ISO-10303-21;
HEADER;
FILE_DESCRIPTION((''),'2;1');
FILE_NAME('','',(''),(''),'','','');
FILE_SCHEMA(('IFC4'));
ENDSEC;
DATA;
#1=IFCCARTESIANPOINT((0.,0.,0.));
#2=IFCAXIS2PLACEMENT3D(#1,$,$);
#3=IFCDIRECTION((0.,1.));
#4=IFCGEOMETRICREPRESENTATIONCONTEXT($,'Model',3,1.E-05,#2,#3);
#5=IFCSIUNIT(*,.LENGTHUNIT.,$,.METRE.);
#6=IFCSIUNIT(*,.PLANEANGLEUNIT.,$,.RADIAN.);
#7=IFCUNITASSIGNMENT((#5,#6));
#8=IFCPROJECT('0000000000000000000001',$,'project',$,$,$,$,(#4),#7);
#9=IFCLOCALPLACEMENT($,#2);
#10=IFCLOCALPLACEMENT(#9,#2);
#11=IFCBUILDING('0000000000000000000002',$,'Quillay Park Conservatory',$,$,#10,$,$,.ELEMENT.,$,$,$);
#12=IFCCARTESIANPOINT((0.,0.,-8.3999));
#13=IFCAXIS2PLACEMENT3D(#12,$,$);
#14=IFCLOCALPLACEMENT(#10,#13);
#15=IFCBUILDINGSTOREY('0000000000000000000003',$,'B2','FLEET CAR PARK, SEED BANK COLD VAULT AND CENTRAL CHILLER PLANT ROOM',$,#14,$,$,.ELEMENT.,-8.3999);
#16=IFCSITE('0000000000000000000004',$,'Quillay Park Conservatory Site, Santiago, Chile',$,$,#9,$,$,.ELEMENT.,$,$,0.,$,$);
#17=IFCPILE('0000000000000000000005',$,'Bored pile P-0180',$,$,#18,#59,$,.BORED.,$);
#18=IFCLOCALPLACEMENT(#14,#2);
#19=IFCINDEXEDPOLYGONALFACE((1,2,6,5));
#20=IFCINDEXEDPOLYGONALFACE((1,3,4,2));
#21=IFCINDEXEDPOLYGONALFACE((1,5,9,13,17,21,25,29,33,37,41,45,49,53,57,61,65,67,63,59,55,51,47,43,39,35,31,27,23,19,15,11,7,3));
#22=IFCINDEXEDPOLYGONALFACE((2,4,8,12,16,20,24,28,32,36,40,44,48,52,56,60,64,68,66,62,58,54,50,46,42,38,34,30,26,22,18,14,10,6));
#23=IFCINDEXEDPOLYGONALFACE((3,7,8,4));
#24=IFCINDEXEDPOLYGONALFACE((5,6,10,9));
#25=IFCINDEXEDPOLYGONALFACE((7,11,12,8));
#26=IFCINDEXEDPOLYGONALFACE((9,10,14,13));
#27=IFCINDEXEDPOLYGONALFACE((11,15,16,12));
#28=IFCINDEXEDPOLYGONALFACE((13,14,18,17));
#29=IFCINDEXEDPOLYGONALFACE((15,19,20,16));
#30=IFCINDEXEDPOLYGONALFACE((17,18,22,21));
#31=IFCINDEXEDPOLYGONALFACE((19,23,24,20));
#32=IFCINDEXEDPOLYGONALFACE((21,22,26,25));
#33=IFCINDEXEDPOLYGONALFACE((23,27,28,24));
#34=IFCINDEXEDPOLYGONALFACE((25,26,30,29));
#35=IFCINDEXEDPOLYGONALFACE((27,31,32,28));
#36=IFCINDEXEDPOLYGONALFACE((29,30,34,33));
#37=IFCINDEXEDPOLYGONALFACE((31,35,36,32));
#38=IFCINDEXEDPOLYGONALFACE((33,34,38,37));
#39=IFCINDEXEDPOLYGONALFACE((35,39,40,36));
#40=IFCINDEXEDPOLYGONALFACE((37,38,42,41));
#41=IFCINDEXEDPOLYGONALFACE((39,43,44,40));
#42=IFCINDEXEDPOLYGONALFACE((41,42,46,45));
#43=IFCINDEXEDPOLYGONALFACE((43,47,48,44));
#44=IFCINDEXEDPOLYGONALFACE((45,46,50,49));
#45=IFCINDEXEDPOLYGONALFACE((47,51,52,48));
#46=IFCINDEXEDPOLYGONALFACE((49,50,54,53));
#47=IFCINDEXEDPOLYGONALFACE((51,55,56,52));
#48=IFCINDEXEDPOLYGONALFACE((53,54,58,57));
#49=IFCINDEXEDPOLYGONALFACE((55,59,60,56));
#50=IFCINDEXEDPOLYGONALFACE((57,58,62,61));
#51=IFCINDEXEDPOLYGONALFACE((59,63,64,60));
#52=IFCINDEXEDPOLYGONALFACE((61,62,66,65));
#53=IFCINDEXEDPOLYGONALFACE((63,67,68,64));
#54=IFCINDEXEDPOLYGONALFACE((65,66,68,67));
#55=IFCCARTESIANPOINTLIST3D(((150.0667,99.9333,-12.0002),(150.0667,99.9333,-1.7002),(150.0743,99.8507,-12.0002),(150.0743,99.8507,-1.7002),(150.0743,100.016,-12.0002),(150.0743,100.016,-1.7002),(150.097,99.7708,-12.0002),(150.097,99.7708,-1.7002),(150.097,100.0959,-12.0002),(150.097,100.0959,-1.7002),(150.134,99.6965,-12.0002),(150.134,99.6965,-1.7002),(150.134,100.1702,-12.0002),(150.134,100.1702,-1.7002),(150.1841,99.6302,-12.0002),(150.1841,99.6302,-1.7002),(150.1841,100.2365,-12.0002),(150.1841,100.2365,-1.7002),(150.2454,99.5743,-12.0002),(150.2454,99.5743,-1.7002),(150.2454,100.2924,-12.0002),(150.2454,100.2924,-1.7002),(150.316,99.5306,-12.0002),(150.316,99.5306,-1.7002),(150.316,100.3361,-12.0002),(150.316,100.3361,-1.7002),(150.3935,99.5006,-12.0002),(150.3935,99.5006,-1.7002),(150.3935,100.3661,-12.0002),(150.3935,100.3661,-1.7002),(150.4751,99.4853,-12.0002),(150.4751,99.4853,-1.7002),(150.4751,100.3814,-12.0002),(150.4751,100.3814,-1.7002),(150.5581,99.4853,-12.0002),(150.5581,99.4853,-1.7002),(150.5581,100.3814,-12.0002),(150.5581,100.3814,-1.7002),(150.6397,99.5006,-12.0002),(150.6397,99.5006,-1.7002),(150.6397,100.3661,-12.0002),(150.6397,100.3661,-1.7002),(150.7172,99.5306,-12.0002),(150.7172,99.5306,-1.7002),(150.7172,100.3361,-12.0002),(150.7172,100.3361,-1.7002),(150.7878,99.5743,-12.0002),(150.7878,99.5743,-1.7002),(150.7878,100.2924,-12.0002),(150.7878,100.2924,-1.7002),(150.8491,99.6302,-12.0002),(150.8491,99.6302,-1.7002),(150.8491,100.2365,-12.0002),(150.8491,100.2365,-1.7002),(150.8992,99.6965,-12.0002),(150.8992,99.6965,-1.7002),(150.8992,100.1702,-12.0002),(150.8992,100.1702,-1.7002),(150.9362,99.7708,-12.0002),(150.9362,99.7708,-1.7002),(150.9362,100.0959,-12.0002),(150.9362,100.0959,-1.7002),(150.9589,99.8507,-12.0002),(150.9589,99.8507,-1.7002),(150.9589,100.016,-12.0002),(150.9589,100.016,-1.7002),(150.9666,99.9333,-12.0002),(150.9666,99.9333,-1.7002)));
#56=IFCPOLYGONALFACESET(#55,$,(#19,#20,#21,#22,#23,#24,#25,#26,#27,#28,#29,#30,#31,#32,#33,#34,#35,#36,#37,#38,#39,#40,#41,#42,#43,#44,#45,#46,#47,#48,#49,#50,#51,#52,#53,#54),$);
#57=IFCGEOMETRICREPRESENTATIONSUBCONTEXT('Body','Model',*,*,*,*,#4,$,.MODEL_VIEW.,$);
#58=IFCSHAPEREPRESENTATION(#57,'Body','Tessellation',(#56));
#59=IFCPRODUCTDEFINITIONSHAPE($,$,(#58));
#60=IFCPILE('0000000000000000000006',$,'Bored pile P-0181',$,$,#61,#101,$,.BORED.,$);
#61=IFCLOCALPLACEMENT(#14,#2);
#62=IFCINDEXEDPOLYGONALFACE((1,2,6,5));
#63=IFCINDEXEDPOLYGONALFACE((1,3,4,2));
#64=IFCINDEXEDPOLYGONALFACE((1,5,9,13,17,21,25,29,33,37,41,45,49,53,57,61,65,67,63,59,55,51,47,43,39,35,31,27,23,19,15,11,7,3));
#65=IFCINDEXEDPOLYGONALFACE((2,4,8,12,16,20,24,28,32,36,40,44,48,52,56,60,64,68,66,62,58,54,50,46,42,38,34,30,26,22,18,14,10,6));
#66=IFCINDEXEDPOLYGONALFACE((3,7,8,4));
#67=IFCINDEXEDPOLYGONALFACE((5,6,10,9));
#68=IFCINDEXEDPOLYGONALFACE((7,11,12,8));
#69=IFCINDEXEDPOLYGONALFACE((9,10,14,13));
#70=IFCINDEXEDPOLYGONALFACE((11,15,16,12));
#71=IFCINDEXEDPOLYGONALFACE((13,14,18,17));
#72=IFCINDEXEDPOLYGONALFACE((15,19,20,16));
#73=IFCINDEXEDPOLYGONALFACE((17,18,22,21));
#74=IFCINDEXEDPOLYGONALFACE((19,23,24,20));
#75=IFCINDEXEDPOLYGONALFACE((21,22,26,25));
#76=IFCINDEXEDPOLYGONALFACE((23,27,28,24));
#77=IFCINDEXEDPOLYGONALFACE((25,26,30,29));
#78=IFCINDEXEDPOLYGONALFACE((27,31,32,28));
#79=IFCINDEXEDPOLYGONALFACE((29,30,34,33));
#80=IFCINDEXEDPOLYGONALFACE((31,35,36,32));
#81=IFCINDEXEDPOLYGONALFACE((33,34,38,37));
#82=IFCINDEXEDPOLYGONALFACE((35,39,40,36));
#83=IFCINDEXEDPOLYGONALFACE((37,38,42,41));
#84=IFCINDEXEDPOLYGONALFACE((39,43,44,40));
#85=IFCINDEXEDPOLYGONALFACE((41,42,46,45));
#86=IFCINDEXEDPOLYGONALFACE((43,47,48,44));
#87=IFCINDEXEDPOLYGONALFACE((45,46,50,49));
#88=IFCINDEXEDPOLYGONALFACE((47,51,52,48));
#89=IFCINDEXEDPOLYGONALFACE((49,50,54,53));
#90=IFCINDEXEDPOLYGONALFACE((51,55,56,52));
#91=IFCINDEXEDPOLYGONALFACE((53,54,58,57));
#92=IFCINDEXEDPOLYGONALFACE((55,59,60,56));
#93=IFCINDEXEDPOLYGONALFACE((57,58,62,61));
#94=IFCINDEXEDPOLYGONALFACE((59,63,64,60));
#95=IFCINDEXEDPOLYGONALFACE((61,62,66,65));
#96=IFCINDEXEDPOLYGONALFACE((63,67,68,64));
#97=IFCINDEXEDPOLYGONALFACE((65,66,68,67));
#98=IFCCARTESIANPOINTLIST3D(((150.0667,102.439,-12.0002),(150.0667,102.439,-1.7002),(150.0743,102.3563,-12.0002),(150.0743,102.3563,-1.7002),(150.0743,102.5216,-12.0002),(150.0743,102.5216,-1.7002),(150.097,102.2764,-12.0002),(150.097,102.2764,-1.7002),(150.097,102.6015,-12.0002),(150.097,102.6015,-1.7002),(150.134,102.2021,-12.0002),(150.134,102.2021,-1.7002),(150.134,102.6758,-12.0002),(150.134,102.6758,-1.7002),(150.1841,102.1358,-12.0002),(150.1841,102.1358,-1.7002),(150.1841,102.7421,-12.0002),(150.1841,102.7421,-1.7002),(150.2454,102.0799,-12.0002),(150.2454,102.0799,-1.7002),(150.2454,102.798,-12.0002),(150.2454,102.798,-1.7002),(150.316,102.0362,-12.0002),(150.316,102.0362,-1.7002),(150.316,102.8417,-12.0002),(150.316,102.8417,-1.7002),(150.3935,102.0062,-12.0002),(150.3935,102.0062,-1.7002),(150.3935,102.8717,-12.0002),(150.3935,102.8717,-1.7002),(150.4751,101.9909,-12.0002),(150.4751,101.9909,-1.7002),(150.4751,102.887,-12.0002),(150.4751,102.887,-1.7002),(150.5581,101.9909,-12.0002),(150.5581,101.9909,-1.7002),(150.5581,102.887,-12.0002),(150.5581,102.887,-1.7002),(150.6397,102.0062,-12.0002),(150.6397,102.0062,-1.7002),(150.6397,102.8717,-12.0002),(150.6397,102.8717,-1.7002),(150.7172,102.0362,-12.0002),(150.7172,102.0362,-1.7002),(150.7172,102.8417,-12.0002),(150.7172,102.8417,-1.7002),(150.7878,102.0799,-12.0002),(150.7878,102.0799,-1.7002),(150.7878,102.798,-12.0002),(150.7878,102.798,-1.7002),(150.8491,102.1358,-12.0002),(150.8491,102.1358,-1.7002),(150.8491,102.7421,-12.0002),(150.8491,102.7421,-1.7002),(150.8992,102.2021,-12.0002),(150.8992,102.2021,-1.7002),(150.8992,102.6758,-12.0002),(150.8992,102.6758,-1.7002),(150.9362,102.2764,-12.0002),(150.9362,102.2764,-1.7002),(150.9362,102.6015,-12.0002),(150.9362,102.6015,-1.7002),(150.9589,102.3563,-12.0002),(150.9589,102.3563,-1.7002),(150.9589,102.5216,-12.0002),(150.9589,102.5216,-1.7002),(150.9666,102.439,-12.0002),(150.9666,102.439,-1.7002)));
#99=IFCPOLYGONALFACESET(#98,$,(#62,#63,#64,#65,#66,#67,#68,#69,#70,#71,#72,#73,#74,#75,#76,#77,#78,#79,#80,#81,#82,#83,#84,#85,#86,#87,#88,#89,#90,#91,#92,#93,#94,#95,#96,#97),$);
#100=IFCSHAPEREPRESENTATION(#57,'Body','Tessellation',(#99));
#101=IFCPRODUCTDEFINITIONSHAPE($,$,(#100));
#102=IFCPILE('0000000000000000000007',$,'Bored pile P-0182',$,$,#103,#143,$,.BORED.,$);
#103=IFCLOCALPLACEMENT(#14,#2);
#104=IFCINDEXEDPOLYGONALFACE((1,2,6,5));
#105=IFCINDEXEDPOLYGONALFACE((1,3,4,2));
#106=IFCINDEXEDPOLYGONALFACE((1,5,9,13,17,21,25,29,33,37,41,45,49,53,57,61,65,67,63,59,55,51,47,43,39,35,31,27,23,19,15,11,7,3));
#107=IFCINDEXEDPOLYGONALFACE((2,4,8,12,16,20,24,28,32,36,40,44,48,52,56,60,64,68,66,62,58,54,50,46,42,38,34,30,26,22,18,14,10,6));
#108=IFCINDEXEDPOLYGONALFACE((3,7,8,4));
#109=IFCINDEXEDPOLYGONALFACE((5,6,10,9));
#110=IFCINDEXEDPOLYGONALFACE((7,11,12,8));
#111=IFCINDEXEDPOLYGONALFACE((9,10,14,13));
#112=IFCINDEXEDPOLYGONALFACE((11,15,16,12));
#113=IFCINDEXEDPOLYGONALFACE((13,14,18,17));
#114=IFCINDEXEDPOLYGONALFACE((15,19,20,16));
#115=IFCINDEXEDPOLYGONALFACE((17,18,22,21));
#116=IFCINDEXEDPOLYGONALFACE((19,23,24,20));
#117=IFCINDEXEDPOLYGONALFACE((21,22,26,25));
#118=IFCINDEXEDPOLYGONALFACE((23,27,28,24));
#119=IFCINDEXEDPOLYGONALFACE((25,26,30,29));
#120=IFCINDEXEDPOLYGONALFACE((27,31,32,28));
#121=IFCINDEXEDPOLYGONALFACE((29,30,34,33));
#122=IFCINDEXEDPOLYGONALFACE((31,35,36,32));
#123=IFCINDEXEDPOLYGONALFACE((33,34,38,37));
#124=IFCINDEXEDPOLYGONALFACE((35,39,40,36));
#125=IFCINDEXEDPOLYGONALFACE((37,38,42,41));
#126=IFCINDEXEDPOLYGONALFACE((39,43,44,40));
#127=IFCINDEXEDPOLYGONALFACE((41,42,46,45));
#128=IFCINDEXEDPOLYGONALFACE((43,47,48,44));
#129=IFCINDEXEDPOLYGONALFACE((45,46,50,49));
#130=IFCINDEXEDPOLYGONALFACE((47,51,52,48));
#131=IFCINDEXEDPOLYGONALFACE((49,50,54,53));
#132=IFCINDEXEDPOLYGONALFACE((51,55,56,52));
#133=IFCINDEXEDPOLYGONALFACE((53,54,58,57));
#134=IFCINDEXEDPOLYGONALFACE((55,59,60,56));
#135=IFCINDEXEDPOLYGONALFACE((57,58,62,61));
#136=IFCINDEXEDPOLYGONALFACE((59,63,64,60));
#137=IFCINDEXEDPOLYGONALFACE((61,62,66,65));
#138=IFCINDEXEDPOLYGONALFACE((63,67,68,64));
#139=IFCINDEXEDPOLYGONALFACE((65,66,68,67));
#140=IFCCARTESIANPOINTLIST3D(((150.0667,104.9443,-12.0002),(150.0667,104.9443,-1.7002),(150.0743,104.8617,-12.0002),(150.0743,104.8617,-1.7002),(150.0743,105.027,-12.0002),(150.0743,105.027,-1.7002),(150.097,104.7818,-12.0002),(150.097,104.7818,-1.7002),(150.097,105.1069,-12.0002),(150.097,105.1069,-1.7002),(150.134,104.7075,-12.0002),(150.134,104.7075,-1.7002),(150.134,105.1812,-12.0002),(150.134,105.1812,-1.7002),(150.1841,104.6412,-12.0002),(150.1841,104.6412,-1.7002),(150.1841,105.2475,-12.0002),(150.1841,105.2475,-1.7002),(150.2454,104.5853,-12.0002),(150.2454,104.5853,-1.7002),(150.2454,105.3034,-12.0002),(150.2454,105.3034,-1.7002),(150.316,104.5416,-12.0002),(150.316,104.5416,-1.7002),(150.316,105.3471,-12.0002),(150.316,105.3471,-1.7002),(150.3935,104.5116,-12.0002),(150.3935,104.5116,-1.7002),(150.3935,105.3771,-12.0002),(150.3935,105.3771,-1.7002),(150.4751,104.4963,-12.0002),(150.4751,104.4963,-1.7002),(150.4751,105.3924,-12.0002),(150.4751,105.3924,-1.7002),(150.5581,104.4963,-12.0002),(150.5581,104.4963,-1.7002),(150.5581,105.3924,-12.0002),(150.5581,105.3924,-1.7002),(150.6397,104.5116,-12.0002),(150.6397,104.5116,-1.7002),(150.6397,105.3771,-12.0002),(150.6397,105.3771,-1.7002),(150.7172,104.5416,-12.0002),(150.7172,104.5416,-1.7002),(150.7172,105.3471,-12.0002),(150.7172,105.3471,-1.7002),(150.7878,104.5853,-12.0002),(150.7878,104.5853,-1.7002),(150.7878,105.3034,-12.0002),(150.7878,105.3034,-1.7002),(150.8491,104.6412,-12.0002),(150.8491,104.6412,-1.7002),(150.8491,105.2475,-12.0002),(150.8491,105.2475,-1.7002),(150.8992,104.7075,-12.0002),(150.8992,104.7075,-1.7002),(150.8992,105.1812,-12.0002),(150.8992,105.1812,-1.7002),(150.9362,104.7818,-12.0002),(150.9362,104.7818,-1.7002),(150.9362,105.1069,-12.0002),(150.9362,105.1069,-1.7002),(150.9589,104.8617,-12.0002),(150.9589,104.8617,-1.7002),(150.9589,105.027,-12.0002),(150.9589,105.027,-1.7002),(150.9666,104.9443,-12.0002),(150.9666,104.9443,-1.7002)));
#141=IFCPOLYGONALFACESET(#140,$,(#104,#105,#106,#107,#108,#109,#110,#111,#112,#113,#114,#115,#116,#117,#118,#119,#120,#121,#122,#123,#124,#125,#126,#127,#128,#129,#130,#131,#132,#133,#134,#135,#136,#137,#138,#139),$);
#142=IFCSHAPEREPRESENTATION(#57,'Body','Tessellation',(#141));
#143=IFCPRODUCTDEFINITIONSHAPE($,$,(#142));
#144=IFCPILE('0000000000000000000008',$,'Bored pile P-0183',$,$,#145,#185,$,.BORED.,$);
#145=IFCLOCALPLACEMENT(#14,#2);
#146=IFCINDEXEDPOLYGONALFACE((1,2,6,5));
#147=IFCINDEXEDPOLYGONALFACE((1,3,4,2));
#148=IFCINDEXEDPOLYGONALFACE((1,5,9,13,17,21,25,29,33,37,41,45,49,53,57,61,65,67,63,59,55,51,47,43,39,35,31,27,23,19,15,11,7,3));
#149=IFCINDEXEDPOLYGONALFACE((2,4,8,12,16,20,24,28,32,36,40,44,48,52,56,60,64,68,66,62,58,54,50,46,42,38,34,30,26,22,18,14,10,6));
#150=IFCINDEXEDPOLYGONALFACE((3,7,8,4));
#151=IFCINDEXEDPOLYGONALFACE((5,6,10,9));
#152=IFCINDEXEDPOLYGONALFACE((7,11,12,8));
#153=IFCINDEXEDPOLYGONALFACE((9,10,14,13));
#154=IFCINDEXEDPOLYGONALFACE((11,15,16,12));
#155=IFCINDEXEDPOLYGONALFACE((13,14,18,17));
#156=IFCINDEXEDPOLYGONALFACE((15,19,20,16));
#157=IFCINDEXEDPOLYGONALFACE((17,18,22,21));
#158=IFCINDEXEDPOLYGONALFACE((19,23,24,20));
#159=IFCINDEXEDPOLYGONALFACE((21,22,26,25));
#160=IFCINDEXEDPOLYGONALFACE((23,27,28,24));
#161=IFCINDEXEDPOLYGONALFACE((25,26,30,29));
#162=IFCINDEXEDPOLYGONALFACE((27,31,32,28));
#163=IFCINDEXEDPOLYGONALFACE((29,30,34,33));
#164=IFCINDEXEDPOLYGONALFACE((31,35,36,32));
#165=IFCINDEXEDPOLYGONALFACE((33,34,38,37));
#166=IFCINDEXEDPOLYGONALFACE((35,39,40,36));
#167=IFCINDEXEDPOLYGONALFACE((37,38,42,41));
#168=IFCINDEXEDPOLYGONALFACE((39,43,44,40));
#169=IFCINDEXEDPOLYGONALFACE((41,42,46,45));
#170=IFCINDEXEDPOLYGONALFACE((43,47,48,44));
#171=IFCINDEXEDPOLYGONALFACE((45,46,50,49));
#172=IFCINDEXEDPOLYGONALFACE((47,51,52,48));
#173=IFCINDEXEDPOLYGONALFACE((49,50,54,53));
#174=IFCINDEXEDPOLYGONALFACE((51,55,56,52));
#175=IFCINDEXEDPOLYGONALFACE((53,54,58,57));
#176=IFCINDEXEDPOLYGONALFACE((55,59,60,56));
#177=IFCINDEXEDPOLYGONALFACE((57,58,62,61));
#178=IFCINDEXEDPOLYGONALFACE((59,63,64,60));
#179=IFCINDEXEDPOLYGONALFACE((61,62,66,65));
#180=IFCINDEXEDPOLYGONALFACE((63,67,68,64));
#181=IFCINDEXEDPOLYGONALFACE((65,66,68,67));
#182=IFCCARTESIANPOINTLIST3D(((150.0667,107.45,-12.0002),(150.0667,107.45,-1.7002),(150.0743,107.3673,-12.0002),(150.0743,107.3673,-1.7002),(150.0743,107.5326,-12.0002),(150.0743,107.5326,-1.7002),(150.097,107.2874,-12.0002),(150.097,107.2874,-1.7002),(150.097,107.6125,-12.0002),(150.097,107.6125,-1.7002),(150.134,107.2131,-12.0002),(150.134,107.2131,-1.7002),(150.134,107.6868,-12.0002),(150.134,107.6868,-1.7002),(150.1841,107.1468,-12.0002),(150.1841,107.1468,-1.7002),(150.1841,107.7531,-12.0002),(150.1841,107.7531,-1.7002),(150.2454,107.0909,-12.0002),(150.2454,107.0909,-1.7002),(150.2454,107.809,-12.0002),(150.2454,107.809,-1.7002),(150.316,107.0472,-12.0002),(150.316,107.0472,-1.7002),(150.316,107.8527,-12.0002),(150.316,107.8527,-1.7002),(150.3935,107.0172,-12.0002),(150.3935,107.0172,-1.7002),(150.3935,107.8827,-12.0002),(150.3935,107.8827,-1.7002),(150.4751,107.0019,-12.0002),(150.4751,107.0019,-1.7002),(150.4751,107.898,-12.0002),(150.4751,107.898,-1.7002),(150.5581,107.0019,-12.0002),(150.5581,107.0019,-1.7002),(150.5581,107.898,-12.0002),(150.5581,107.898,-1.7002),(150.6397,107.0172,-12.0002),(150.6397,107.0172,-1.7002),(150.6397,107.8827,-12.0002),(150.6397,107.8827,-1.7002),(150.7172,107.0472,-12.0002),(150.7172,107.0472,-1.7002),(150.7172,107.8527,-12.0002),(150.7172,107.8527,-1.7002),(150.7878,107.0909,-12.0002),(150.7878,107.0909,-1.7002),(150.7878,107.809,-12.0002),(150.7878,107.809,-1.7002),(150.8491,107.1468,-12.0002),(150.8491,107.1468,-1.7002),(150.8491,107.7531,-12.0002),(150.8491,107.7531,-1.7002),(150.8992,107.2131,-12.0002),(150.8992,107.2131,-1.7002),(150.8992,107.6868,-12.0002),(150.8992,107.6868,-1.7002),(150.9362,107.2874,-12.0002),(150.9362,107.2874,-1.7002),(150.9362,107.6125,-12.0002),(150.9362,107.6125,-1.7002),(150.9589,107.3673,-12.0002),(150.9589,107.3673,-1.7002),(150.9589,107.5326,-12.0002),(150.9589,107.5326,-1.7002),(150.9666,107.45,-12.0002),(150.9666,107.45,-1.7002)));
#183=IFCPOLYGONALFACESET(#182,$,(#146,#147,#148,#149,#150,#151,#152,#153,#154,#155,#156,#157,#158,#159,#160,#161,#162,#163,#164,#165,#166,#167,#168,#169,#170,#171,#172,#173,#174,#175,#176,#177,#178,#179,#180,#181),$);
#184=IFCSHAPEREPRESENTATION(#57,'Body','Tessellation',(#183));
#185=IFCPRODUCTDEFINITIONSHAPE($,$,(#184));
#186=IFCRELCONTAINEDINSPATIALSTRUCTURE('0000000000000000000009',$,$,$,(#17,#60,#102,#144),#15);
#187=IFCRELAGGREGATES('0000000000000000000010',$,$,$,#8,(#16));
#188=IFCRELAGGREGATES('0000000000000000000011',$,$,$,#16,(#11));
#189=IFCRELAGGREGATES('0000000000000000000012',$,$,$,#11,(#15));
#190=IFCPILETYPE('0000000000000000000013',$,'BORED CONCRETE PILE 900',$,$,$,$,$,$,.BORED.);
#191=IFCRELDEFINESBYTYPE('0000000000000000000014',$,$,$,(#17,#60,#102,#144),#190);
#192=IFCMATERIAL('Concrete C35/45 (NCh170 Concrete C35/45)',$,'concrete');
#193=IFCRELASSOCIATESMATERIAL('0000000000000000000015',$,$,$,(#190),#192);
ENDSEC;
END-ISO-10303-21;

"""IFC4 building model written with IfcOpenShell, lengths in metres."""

from ifc_helpers import new_model, si_unit, direction, frame, origin, origin_2d, place, context, subcontext, project, spatial, circle, extrude, material, material_profile, profile_set, type_object, element, save


model = new_model("IFC4")

# Units and contexts
model_context = context("Model", 3, precision=1e-05, world=origin(), true_north=direction((0.0, 1.0)))
body_context = subcontext(model_context, "Body", "Model", "MODEL_VIEW")
ifc_project = project(units=[si_unit("LENGTHUNIT", "METRE"), si_unit("PLANEANGLEUNIT", "RADIAN")], contexts=[model_context])

# Site, building, storey
site_placement = place(None, origin())
site = spatial("IfcSite", under=ifc_project, at=site_placement, Name="Quillay Park Conservatory Site, Santiago, Chile", CompositionType="ELEMENT", RefElevation=0.0)
building_placement = place(site_placement, origin())
building = spatial("IfcBuilding", under=site, at=building_placement, Name="Quillay Park Conservatory", CompositionType="ELEMENT")
storey_placement = place(building_placement, frame((0.0, 0.0, -8.3999)))
storey = spatial("IfcBuildingStorey", under=building, at=storey_placement, Name="B2", Description="FLEET CAR PARK, SEED BANK COLD VAULT AND CENTRAL CHILLER PLANT ROOM", CompositionType="ELEMENT", Elevation=-8.3999)

# Piles
ifc_material_1 = material(Name="Concrete C35/45 (NCh170 Concrete C35/45)", Category="concrete")
ifc_material_profile_1 = material_profile(ifc_material_1, circle(Radius=0.45, at=origin_2d()), Name="PILE900")
ifc_profile_set_1 = profile_set([ifc_material_profile_1], Name="Concrete C35/45 (NCh170 Concrete C35/45)")
pile_type = type_object("IfcPileType", Name="BORED CONCRETE PILE 900", PredefinedType="BORED", material=ifc_profile_set_1)
for number, where, z_axis, x_axis, name in (
    (1, (150.5166, 99.9333, -1.7002), (0.0, 0.0, -1.0), (1.0, 0.0, 0.0), "Bored pile P-0180"),
    (2, (150.5166, 102.439, -1.7002), (0.0, 0.0, -1.0), (1.0, 0.0, 0.0), "Bored pile P-0181"),
    (3, (150.5166, 104.9443, -1.7002), (0.0, 0.0, -1.0), (1.0, 0.0, 0.0), "Bored pile P-0182"),
    (4, (150.5166, 107.45, -1.7002), (0.0, 0.0, -1.0), (1.0, 0.0, 0.0), "Bored pile P-0183"),
):
    element("IfcPile", number, at=place(storey_placement, frame(where, z_axis=z_axis, x_axis=x_axis)), inside=storey, type_object=pile_type, Name=name, PredefinedType="BORED", context=body_context, shape_type="SweptSolid", body=[
        extrude(circle(Radius=0.45, at=origin_2d()), origin(), (0.0, 0.0, 1.0), 10.3),
    ])

save(model, "model.ifc")
